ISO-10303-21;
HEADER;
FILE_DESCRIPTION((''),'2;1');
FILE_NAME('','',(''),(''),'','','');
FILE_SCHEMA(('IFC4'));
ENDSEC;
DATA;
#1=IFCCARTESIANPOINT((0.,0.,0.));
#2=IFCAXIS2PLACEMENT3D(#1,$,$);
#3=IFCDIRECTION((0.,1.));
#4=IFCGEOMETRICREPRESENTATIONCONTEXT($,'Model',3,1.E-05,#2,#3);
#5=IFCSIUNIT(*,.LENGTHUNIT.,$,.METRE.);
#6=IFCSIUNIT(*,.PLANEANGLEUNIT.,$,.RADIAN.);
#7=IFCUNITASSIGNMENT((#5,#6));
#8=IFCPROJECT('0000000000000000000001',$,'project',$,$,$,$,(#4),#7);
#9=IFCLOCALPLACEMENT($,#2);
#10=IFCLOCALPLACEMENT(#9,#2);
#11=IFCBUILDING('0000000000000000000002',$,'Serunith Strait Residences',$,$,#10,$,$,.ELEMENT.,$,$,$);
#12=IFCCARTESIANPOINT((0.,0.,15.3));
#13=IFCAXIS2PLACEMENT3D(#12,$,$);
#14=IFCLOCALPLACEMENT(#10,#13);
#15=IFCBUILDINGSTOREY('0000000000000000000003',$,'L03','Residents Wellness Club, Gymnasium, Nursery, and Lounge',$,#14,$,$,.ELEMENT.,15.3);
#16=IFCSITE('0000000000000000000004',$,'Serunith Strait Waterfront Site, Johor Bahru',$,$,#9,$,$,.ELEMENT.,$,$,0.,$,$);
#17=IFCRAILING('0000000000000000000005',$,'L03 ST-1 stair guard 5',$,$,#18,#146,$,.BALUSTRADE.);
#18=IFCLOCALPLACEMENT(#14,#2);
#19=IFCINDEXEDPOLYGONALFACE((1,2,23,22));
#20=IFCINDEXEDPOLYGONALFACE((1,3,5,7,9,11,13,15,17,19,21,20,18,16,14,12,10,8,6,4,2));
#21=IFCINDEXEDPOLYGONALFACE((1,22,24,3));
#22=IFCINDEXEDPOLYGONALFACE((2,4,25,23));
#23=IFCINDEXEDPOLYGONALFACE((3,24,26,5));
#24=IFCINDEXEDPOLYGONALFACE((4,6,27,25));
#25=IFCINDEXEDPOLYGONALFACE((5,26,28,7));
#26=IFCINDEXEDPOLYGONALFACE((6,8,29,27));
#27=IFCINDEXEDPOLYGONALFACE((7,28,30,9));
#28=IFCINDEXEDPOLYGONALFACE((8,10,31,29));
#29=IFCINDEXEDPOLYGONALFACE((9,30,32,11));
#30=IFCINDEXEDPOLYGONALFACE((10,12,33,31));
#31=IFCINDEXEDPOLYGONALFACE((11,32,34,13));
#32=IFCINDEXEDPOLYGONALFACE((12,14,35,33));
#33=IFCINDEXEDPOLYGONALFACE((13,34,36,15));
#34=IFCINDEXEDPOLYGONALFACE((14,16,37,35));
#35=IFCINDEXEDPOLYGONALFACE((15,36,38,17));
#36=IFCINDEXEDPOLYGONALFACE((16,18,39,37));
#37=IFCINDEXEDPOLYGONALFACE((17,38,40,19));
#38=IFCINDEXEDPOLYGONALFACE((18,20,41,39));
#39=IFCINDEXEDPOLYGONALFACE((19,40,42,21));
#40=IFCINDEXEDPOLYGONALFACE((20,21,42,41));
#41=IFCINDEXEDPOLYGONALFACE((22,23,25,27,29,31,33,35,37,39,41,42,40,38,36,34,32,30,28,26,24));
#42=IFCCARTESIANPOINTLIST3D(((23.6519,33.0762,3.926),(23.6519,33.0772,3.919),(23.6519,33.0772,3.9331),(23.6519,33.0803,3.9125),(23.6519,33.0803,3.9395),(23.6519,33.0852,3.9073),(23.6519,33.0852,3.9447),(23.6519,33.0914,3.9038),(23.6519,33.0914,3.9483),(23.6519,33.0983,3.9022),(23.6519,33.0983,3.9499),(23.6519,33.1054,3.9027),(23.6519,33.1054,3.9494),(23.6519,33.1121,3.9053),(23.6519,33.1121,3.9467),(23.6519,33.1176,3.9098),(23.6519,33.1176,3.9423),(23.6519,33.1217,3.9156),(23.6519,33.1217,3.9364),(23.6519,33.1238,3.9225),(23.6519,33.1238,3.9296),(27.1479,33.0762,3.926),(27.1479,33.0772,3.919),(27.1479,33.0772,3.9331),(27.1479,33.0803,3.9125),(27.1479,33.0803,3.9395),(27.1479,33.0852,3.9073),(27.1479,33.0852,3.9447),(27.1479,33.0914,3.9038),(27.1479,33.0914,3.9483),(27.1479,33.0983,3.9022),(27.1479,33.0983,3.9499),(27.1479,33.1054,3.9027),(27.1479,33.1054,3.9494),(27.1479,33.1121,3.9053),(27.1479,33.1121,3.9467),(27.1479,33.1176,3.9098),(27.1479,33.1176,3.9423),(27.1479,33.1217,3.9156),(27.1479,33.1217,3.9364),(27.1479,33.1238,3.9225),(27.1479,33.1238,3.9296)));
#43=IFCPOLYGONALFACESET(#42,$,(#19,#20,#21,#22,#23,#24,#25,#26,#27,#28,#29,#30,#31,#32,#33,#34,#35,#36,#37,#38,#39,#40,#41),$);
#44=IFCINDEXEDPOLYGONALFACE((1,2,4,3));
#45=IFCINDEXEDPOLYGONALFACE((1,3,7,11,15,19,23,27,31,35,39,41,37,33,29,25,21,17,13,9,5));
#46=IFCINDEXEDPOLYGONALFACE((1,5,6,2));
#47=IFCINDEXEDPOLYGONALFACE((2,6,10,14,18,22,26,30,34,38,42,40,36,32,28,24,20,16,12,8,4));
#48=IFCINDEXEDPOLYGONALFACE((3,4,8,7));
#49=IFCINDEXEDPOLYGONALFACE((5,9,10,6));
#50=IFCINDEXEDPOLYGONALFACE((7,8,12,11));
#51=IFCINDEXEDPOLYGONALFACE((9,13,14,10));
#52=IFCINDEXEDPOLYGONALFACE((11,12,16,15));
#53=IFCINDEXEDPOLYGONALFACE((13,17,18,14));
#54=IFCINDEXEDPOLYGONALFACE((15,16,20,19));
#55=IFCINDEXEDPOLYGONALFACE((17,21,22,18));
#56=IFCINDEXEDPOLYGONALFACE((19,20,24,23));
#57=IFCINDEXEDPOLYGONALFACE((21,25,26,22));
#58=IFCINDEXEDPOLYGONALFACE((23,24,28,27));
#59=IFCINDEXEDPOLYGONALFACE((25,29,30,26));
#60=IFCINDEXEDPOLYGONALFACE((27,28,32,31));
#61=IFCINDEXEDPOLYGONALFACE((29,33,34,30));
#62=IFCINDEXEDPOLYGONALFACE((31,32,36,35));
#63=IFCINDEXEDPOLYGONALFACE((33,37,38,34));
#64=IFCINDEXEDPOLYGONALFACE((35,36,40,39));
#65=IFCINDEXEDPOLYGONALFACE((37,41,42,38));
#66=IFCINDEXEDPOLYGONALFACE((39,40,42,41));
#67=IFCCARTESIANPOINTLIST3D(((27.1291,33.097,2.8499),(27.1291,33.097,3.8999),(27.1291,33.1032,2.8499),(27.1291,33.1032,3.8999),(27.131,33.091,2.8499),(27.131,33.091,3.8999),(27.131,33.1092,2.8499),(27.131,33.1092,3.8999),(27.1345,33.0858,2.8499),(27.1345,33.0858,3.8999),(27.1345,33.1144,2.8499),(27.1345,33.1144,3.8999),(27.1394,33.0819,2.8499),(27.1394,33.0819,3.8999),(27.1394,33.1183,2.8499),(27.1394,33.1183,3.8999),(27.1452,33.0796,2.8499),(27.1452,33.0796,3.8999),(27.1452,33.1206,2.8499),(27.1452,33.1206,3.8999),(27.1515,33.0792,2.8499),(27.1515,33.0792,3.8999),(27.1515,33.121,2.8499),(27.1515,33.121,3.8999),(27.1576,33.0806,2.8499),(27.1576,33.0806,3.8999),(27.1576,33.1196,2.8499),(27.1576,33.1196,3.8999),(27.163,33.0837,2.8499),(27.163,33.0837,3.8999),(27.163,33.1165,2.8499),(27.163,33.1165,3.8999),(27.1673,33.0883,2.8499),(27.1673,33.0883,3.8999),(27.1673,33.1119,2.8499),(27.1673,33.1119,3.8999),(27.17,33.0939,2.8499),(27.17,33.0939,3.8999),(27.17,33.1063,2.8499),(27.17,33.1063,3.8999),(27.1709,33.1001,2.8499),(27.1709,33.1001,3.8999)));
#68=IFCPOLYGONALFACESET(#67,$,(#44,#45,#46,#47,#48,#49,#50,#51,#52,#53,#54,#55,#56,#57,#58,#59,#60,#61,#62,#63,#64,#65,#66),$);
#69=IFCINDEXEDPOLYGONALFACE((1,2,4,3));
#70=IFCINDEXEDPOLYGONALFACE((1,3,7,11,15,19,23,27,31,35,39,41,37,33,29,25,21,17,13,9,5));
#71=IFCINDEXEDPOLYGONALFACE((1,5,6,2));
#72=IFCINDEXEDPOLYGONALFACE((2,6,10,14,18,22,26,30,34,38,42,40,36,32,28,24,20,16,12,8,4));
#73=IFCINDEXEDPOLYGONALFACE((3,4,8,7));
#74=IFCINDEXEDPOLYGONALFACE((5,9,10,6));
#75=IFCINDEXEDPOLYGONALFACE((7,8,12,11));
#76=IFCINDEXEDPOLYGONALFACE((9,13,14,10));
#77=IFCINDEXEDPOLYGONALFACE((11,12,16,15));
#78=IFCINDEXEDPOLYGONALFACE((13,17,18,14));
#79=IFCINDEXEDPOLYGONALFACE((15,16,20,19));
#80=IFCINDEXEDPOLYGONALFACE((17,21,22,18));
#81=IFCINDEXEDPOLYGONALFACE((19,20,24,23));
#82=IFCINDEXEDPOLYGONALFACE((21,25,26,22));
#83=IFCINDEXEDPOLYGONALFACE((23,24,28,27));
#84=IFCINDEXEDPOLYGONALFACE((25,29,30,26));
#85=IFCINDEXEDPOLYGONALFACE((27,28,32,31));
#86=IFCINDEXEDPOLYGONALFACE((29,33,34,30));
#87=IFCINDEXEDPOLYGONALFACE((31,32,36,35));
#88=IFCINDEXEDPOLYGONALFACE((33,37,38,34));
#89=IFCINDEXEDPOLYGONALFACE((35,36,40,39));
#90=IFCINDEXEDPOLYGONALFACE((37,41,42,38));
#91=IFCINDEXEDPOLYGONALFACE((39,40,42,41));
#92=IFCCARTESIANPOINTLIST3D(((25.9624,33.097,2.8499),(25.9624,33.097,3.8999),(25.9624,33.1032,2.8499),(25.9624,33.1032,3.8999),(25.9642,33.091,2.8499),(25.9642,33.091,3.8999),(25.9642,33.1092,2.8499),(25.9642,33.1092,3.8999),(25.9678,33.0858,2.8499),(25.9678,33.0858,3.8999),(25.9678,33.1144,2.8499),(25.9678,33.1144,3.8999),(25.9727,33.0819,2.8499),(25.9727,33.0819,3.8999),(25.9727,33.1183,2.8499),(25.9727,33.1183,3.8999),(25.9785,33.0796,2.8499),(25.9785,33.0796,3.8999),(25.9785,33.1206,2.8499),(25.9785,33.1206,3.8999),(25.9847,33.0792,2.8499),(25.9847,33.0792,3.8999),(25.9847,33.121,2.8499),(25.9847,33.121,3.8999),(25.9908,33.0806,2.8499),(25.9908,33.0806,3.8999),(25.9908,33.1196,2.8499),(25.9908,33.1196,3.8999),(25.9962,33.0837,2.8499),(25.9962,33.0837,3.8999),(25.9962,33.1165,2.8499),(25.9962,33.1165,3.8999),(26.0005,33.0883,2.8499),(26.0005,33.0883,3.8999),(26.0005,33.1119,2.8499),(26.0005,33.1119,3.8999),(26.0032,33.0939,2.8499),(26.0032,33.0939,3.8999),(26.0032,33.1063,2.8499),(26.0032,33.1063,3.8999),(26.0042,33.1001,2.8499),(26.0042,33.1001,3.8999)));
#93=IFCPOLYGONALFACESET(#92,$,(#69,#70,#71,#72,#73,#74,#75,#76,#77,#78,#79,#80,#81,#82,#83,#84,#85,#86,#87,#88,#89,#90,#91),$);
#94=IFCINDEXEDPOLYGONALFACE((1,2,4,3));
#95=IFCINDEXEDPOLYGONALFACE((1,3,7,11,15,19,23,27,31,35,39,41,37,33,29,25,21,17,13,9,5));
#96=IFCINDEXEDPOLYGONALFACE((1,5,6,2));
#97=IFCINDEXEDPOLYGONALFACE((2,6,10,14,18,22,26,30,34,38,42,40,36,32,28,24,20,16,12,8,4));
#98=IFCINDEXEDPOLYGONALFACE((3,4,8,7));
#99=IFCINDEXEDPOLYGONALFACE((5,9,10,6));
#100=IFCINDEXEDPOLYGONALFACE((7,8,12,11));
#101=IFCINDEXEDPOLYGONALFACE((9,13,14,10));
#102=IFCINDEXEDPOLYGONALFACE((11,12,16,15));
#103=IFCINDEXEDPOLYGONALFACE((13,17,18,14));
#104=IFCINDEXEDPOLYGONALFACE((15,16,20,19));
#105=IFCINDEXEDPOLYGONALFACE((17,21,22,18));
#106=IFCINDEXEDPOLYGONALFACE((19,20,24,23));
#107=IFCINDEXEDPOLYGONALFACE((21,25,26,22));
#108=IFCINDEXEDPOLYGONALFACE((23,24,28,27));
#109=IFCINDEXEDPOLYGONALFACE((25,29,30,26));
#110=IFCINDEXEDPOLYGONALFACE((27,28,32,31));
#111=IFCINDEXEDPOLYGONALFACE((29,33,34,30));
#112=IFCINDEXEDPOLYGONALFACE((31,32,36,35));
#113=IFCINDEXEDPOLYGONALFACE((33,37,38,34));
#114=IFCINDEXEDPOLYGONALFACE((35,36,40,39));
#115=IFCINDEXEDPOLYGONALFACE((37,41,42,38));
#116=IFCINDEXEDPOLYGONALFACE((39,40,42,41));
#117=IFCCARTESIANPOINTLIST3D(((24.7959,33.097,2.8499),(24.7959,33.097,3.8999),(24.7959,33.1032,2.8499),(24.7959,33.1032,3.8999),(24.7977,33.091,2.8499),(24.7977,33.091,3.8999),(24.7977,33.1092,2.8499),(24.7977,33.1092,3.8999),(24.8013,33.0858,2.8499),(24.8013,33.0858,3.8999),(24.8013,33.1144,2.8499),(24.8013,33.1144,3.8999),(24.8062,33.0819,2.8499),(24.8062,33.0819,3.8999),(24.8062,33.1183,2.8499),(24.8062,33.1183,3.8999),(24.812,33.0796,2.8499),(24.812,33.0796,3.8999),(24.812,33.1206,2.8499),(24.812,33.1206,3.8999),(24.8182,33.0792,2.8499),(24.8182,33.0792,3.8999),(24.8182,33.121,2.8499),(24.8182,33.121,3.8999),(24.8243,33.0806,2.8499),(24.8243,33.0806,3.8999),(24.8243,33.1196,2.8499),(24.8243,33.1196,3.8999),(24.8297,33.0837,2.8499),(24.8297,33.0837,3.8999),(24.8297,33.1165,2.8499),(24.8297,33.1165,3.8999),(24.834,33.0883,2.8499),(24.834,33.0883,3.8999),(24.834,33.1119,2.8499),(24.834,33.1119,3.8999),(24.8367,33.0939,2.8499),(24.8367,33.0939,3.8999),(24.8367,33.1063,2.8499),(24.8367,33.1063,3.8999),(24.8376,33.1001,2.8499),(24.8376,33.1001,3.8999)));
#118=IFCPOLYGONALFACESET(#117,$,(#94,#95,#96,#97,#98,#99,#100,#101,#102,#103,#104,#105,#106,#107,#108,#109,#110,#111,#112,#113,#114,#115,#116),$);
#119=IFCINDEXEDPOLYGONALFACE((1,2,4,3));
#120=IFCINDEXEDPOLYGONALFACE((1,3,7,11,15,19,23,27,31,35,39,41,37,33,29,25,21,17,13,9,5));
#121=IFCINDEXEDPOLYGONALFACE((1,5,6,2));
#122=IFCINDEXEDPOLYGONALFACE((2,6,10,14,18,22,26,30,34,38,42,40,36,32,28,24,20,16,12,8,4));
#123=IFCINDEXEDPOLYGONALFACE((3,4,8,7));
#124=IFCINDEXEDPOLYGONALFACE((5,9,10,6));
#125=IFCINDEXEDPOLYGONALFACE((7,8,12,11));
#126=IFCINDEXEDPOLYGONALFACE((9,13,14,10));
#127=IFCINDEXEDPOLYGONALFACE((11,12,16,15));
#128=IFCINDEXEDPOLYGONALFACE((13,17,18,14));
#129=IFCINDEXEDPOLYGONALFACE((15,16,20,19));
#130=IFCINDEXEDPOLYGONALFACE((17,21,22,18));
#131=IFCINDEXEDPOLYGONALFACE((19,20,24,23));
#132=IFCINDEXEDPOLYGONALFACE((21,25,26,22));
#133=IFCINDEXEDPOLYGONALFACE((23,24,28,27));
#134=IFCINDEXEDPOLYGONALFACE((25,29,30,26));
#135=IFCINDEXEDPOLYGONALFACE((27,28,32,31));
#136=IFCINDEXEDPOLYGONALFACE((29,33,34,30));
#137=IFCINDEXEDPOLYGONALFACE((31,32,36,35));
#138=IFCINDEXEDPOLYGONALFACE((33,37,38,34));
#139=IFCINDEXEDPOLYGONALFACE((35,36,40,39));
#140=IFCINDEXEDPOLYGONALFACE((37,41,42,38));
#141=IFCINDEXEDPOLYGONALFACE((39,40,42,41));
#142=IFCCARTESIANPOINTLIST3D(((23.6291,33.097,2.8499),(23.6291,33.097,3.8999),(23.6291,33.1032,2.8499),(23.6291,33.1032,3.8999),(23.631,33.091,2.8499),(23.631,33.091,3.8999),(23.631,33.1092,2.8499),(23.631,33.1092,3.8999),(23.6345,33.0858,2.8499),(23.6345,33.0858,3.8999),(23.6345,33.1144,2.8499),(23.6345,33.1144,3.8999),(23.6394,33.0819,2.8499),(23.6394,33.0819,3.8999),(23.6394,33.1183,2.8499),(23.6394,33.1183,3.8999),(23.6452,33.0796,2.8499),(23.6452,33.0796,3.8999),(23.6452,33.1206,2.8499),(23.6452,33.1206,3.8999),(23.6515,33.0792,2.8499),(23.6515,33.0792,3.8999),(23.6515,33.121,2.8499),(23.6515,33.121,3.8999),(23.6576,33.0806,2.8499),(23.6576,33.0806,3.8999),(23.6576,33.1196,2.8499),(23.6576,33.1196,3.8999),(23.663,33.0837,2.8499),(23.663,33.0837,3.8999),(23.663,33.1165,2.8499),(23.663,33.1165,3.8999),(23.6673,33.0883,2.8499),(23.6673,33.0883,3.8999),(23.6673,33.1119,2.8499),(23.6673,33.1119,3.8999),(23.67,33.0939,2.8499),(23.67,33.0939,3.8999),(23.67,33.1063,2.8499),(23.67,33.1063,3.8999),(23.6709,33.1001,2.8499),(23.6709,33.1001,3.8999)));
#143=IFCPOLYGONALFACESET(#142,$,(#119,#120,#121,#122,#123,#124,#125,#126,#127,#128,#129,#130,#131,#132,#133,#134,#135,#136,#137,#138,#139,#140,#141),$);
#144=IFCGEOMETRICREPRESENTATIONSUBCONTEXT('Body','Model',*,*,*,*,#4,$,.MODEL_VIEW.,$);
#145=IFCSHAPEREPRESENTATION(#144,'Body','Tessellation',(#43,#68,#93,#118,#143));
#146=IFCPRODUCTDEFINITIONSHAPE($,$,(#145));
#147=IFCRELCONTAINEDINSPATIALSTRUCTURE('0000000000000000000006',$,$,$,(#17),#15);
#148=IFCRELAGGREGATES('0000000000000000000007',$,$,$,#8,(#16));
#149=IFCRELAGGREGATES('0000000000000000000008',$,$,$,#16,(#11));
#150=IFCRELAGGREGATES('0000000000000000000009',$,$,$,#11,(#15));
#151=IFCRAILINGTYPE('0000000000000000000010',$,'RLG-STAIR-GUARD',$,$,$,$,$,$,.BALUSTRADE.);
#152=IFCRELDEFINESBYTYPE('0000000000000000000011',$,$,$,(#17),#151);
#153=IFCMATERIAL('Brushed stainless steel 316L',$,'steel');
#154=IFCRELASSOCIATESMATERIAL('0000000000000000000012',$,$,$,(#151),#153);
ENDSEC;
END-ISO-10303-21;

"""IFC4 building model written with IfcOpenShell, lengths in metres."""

from ifc_helpers import new_model, si_unit, direction, frame, origin, origin_2d, place, context, subcontext, project, spatial, circle, extrude, material, type_object, element, save


model = new_model("IFC4")

# Units and contexts
model_context = context("Model", 3, precision=1e-05, world=origin(), true_north=direction((0.0, 1.0)))
body_context = subcontext(model_context, "Body", "Model", "MODEL_VIEW")
ifc_project = project(units=[si_unit("LENGTHUNIT", "METRE"), si_unit("PLANEANGLEUNIT", "RADIAN")], contexts=[model_context])

# Site, building, storey
site_placement = place(None, origin())
site = spatial("IfcSite", under=ifc_project, at=site_placement, Name="Serunith Strait Waterfront Site, Johor Bahru", CompositionType="ELEMENT", RefElevation=0.0)
building_placement = place(site_placement, origin())
building = spatial("IfcBuilding", under=site, at=building_placement, Name="Serunith Strait Residences", CompositionType="ELEMENT")
storey_placement = place(building_placement, frame((0.0, 0.0, 15.3)))
storey = spatial("IfcBuildingStorey", under=building, at=storey_placement, Name="L03", Description="Residents Wellness Club, Gymnasium, Nursery, and Lounge", CompositionType="ELEMENT", Elevation=15.3)

# Railing
ifc_material_1 = material(Name="Brushed stainless steel 316L", Category="steel")
railing_type_1 = type_object("IfcRailingType", Name="RLG-STAIR-GUARD", PredefinedType="BALUSTRADE", material=ifc_material_1)
railing_1_placement = place(storey_placement, frame((27.1499, 33.1001, 2.8499)))
element("IfcRailing", 1, at=railing_1_placement, inside=storey, type_object=railing_type_1, Name="L03 ST-1 stair guard 5", PredefinedType="BALUSTRADE", context=body_context, shape_type="SweptSolid", body=[
    extrude(circle(Radius=0.0239, at=origin_2d()), frame((-0.002, 0.0, 1.0762), z_axis=(-1.0, 0.0, 0.0), x_axis=(0.0, -1.0, 0.0)), (0.0, 0.0, 1.0), 3.4961),
    extrude(circle(Radius=0.021, at=origin_2d()), origin(), (0.0, 0.0, 1.0), 1.05),
    extrude(circle(Radius=0.021, at=origin_2d()), frame((-1.1667, 0.0, 0.0)), (0.0, 0.0, 1.0), 1.05),
    extrude(circle(Radius=0.021, at=origin_2d()), frame((-2.3333, 0.0, 0.0)), (0.0, 0.0, 1.0), 1.05),
    extrude(circle(Radius=0.021, at=origin_2d()), frame((-3.5, 0.0, 0.0)), (0.0, 0.0, 1.0), 1.05),
])

save(model, "model.ifc")
